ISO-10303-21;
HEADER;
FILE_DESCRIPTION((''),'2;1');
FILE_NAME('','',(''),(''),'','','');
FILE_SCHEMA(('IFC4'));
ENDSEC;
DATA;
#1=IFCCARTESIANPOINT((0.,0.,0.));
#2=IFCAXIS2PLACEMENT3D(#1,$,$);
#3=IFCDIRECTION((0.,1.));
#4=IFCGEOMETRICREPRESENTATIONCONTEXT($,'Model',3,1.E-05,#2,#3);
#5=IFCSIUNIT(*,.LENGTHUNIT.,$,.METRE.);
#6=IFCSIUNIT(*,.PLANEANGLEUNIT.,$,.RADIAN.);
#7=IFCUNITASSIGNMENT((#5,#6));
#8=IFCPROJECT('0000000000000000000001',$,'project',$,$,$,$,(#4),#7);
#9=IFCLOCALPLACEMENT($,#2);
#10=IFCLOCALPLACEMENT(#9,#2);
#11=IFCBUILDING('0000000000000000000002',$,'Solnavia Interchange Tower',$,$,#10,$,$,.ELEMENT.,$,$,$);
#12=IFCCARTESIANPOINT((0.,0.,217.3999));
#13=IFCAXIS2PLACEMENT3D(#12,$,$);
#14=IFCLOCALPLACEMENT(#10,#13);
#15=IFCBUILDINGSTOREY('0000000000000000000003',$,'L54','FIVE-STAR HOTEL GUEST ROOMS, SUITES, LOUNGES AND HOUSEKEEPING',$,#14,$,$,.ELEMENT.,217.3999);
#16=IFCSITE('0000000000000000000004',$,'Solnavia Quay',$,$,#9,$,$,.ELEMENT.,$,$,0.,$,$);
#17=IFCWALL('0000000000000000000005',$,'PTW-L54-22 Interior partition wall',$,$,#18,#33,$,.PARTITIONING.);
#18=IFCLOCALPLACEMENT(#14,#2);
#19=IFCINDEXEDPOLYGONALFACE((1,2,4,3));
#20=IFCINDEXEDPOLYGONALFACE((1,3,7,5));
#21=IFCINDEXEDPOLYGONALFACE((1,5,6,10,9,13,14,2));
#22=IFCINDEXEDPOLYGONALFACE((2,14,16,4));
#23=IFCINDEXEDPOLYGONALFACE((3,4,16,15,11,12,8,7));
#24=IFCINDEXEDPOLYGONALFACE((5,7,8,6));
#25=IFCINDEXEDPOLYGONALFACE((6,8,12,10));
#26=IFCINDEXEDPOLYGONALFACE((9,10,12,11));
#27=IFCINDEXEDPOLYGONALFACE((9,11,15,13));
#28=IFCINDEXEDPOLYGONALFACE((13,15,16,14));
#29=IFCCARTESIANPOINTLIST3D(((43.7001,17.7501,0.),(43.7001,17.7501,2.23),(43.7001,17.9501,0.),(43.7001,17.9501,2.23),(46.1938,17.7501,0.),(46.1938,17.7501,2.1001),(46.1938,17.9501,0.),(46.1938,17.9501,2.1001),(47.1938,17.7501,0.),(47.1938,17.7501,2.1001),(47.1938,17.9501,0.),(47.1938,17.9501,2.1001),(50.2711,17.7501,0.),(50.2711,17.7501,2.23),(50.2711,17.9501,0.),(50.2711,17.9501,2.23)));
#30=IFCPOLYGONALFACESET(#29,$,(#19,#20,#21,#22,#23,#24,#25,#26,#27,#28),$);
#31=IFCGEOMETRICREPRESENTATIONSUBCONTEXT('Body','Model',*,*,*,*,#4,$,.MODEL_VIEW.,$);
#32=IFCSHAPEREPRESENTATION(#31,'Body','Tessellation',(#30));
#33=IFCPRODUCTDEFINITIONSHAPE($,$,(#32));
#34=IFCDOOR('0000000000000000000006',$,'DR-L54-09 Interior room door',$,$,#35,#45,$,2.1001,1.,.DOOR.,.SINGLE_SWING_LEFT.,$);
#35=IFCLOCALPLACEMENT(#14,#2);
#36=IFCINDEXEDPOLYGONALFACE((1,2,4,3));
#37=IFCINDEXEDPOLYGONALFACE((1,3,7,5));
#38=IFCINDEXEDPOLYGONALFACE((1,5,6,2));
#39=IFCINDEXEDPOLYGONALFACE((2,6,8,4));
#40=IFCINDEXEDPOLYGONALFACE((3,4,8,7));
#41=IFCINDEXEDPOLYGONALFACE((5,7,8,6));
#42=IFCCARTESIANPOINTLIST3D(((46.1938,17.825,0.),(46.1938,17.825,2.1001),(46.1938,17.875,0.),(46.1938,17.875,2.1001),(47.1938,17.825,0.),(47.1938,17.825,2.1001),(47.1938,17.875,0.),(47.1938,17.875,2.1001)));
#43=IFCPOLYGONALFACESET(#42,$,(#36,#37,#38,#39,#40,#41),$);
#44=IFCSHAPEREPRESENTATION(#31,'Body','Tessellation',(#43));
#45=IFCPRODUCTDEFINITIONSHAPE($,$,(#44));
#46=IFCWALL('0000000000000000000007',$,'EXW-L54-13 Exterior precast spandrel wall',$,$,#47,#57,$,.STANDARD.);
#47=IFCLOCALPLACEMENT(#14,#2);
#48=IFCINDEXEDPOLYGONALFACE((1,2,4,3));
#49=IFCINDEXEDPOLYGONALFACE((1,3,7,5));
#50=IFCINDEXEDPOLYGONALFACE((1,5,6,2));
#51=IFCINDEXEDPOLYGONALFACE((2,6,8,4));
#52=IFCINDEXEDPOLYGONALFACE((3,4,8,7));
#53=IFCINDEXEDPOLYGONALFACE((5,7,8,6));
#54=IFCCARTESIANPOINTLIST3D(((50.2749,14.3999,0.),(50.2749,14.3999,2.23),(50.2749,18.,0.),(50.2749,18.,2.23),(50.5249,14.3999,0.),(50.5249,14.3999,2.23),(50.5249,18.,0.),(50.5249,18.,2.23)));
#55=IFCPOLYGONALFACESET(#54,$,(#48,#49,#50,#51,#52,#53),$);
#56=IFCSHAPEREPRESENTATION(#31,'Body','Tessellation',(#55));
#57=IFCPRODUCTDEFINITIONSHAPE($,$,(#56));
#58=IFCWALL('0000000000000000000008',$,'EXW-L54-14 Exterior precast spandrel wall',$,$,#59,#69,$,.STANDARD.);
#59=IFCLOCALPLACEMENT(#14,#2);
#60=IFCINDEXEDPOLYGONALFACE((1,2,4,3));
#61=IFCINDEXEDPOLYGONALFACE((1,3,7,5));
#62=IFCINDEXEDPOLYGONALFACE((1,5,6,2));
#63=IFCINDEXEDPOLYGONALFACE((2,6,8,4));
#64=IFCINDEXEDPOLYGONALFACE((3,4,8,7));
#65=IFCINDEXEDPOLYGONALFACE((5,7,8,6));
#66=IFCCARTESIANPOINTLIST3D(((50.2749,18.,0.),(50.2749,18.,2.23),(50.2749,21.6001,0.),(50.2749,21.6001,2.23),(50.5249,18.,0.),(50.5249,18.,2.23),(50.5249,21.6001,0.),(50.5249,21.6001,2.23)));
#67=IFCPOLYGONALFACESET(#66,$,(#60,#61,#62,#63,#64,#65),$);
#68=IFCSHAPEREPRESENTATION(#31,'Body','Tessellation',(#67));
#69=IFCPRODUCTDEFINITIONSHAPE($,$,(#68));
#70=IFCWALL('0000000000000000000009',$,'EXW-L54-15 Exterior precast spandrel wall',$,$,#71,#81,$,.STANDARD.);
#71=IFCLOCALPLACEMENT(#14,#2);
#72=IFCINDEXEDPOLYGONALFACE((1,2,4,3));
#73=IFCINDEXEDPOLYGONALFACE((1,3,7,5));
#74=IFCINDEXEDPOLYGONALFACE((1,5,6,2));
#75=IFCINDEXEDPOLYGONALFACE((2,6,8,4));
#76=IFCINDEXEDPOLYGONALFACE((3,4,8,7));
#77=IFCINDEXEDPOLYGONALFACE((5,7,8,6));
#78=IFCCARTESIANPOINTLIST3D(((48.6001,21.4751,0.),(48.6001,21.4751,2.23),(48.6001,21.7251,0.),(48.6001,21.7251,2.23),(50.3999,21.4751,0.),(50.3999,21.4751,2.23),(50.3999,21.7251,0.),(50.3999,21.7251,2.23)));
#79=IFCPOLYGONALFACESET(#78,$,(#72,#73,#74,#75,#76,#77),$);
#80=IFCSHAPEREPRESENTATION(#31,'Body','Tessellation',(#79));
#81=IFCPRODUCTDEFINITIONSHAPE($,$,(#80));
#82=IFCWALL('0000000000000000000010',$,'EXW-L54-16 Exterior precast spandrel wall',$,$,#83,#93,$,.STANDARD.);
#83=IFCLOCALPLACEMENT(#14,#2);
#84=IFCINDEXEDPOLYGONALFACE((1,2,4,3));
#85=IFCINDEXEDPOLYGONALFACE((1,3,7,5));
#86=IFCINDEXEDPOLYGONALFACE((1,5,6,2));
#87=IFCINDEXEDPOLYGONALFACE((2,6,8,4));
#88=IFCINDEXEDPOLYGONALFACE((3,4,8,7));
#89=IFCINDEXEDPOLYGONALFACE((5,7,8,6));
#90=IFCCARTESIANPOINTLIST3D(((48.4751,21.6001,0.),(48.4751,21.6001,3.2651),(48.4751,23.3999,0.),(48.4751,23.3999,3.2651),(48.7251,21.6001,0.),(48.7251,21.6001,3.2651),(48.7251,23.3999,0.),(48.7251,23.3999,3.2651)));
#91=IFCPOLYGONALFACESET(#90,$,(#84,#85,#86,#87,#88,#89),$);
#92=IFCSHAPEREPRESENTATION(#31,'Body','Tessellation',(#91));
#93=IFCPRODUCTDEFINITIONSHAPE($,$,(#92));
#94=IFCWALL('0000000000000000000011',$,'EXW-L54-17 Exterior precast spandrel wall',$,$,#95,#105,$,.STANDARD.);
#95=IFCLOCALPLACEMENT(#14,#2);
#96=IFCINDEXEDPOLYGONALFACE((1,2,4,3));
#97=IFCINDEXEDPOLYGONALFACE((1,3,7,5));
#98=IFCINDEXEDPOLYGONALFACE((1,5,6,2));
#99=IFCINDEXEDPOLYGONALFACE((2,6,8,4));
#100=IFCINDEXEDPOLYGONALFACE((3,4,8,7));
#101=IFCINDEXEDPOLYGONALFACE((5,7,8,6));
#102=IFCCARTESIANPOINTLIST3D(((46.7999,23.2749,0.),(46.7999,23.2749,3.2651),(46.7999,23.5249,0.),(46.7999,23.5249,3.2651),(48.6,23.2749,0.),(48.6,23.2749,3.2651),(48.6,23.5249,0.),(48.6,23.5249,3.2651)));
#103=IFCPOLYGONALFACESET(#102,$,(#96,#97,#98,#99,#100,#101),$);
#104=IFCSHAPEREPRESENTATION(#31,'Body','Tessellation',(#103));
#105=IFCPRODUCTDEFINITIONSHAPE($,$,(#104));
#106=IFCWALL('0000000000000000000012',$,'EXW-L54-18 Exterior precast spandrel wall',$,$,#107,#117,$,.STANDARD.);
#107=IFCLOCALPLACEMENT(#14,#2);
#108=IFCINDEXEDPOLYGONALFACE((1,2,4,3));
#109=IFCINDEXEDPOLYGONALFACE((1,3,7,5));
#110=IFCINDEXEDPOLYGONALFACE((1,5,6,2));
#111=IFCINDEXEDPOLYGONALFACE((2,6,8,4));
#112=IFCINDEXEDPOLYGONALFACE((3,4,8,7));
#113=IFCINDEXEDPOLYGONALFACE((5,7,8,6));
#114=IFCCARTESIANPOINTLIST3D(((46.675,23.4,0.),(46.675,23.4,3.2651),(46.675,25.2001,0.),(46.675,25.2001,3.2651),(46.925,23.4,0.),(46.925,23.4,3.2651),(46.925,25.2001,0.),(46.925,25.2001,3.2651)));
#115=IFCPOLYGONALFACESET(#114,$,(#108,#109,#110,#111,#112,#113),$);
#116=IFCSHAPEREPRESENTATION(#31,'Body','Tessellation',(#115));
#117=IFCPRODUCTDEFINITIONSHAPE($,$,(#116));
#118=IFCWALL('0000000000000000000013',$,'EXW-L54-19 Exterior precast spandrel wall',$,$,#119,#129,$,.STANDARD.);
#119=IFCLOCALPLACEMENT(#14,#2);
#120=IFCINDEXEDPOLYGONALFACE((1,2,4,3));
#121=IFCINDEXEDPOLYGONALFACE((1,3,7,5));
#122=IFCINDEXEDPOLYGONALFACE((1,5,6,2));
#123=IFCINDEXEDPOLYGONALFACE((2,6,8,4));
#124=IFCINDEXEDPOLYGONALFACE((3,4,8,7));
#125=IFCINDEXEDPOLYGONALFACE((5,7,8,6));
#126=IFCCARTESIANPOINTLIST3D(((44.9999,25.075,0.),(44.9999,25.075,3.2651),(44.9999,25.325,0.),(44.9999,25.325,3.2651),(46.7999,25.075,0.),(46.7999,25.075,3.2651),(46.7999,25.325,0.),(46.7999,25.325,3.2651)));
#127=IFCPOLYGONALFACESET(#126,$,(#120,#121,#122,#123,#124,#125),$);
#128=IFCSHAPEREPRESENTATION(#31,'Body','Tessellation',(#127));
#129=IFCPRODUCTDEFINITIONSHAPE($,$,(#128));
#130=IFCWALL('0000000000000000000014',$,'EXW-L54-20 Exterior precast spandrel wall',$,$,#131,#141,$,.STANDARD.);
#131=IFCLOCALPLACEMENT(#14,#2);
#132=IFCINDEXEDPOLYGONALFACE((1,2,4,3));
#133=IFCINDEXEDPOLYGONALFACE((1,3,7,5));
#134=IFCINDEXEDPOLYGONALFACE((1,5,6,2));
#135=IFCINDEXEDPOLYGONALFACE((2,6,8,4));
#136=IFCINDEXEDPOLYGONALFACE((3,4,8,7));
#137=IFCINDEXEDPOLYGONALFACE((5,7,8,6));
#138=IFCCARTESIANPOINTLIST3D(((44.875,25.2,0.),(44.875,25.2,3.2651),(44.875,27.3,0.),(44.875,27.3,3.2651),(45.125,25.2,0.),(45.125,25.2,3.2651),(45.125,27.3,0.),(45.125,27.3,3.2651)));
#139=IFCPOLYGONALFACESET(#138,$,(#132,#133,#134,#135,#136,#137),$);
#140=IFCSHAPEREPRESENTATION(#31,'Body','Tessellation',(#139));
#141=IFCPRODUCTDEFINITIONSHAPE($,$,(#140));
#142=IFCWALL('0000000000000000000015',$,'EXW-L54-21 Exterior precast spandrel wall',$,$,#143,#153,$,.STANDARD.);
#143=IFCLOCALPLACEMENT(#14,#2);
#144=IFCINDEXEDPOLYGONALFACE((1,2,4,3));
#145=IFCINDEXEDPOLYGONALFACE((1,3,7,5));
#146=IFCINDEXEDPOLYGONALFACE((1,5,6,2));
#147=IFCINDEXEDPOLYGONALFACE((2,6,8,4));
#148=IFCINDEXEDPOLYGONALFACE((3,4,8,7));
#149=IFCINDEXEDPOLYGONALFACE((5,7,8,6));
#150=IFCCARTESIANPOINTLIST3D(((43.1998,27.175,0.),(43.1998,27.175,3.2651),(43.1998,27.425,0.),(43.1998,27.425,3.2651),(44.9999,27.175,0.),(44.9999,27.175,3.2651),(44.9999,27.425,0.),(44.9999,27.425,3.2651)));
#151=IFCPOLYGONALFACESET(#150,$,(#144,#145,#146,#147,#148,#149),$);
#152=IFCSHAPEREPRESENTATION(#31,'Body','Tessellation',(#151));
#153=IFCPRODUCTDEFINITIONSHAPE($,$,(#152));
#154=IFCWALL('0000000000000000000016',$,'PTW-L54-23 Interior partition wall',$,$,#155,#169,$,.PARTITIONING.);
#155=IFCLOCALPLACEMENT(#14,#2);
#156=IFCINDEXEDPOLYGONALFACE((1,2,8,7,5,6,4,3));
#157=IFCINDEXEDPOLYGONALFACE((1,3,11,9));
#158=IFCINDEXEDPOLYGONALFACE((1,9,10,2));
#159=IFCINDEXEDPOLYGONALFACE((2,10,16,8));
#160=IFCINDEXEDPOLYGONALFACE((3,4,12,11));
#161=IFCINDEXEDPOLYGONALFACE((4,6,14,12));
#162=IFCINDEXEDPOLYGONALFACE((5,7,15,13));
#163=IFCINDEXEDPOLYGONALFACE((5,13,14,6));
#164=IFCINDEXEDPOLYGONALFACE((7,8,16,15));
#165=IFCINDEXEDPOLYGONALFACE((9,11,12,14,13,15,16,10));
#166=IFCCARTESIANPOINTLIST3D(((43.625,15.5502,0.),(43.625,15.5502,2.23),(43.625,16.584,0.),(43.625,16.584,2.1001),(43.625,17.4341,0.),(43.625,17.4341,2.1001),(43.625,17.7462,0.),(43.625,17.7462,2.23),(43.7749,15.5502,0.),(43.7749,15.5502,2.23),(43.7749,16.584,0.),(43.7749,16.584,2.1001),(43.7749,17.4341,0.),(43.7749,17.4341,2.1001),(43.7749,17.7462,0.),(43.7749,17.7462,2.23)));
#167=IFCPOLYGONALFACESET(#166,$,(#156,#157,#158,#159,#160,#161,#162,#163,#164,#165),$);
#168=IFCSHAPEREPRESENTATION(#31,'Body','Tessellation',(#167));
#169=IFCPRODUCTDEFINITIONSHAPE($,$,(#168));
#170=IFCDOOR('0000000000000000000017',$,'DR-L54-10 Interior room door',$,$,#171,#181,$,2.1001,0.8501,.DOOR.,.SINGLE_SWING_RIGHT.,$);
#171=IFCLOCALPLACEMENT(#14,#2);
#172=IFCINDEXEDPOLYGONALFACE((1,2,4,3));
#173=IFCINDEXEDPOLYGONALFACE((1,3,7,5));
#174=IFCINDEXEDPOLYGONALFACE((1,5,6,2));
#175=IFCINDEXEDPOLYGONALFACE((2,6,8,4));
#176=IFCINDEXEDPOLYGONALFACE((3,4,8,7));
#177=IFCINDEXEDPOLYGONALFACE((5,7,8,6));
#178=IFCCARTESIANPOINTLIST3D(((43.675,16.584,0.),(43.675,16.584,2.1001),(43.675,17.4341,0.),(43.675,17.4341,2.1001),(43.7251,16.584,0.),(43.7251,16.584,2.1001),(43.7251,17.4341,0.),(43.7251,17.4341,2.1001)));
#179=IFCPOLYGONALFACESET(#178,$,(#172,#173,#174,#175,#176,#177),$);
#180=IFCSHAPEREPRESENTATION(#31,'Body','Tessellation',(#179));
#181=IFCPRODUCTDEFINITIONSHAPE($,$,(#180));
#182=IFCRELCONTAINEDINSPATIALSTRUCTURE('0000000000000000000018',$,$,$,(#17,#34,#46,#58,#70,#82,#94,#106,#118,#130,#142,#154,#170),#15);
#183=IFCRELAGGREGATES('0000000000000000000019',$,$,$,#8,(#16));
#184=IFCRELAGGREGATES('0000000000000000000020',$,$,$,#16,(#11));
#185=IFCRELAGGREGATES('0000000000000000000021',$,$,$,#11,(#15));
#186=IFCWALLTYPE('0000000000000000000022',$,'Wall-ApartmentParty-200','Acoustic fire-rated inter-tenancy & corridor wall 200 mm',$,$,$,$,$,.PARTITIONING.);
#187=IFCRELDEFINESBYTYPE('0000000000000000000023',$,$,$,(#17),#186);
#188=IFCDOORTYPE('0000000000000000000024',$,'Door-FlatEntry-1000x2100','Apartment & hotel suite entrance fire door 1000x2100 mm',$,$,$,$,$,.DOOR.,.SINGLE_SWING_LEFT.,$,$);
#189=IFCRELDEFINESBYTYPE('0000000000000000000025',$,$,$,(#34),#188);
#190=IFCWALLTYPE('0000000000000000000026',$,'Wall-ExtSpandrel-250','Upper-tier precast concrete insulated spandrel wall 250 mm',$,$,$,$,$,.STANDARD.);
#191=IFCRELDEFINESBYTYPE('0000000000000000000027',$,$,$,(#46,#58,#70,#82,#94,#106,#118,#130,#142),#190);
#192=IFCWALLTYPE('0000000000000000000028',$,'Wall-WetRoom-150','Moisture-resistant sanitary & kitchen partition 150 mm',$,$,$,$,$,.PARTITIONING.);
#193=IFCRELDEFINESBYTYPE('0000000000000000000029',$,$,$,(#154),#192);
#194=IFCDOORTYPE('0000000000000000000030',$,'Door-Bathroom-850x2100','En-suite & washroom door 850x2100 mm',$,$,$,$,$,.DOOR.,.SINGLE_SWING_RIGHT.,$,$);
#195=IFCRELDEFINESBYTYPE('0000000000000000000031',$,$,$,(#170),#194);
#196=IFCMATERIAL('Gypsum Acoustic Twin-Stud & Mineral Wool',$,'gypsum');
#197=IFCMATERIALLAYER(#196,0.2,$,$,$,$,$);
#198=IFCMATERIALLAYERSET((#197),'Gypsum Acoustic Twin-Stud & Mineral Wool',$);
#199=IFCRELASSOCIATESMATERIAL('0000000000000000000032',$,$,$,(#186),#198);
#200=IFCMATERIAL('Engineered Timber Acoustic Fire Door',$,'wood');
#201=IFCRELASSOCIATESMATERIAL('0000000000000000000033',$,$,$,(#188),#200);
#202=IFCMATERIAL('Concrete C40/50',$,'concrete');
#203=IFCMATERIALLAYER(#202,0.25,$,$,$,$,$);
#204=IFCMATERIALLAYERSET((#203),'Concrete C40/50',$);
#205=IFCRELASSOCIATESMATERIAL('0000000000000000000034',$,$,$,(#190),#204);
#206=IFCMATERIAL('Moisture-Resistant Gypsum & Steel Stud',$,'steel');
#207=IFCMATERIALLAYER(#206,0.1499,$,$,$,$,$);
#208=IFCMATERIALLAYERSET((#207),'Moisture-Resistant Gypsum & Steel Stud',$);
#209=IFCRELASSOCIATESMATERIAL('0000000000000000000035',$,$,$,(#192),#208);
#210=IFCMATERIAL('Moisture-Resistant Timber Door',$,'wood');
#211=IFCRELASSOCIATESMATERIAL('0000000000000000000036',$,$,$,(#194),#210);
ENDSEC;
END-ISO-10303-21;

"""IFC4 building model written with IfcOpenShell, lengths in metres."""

from ifc_helpers import new_model, si_unit, direction, frame, frame_2d, origin, place, context, subcontext, project, spatial, rectangle, extrude, material, layer, layer_set, type_object, element, fill, save


model = new_model("IFC4")

# Units and contexts
model_context = context("Model", 3, precision=1e-05, world=origin(), true_north=direction((0.0, 1.0)))
body_context = subcontext(model_context, "Body", "Model", "MODEL_VIEW")
ifc_project = project(units=[si_unit("LENGTHUNIT", "METRE"), si_unit("PLANEANGLEUNIT", "RADIAN")], contexts=[model_context])

# Site, building, storey
site_placement = place(None, origin())
site = spatial("IfcSite", under=ifc_project, at=site_placement, Name="Solnavia Quay", CompositionType="ELEMENT", RefElevation=0.0)
building_placement = place(site_placement, origin())
building = spatial("IfcBuilding", under=site, at=building_placement, Name="Solnavia Interchange Tower", CompositionType="ELEMENT")
storey_placement = place(building_placement, frame((0.0, 0.0, 217.3999)))
storey = spatial("IfcBuildingStorey", under=building, at=storey_placement, Name="L54", Description="FIVE-STAR HOTEL GUEST ROOMS, SUITES, LOUNGES AND HOUSEKEEPING", CompositionType="ELEMENT", Elevation=217.3999)

# Wall, opening, door
ifc_material_1 = material(Name="Gypsum Acoustic Twin-Stud & Mineral Wool", Category="gypsum")
ifc_layer_1 = layer(ifc_material_1, 0.2)
ifc_layer_set_1 = layer_set([ifc_layer_1], Name="Gypsum Acoustic Twin-Stud & Mineral Wool")
wall_type_1 = type_object("IfcWallType", Name="Wall-ApartmentParty-200", Description="Acoustic fire-rated inter-tenancy & corridor wall 200 mm", PredefinedType="PARTITIONING", material=ifc_layer_set_1)
wall_1_placement = place(storey_placement, frame((43.7, 17.8501, 0.0), z_axis=(0.0, 0.0, 1.0), x_axis=(1.0, 0.0, 0.0)))
wall_1 = element("IfcWall", 1, at=wall_1_placement, inside=storey, type_object=wall_type_1, Name="PTW-L54-22 Interior partition wall", PredefinedType="PARTITIONING", context=body_context, shape_type="SweptSolid", body=[
    extrude(rectangle(XDim=6.571, YDim=0.2, at=frame_2d((3.2856, 0.0))), origin(), (0.0, 0.0, 1.0), 2.23),
])
opening_1_placement = place(wall_1_placement, frame((2.4939, 0.0, 0.0)))
opening_1 = element("IfcOpeningElement", 2, at=opening_1_placement, cuts=wall_1, PredefinedType="OPENING", context=body_context, shape_type="SweptSolid", body=[
    extrude(rectangle(XDim=1.0, YDim=2.1001, at=frame_2d((0.5, 1.05))), frame((0.0, 0.1099, 0.0), z_axis=(0.0, -1.0, 0.0), x_axis=(1.0, 0.0, 0.0)), (0.0, 0.0, 1.0), 0.22),
])
ifc_material_2 = material(Name="Engineered Timber Acoustic Fire Door", Category="wood")
door_type_1 = type_object("IfcDoorType", Name="Door-FlatEntry-1000x2100", Description="Apartment & hotel suite entrance fire door 1000x2100 mm", OperationType="SINGLE_SWING_LEFT", PredefinedType="DOOR", material=ifc_material_2)
door_1_placement = place(opening_1_placement, origin())
door_1 = element("IfcDoor", 3, at=door_1_placement, inside=storey, type_object=door_type_1, Name="DR-L54-09 Interior room door", OperationType="SINGLE_SWING_LEFT", OverallHeight=2.1001, OverallWidth=1.0, PredefinedType="DOOR", context=body_context, shape_type="SweptSolid", body=[
    extrude(rectangle(XDim=1.0, YDim=2.1001, at=frame_2d((0.5, 1.05))), frame((0.0, 0.0249, 0.0), z_axis=(0.0, -1.0, 0.0), x_axis=(1.0, 0.0, 0.0)), (0.0, 0.0, 1.0), 0.05),
])
fill(opening_1, door_1)

# Walls
ifc_material_3 = material(Name="Concrete C40/50", Category="concrete")
ifc_layer_2 = layer(ifc_material_3, 0.25)
ifc_layer_set_2 = layer_set([ifc_layer_2], Name="Concrete C40/50")
wall_type_2 = type_object("IfcWallType", Name="Wall-ExtSpandrel-250", Description="Upper-tier precast concrete insulated spandrel wall 250 mm", PredefinedType="STANDARD", material=ifc_layer_set_2)
for number, where, z_axis, x_axis, name in (
    (4, (50.3999, 18.0, 0.0), (0.0, 0.0, 1.0), (0.0, -1.0, 0.0), "EXW-L54-13 Exterior precast spandrel wall"),
    (5, (50.3999, 21.6001, 0.0), (0.0, 0.0, 1.0), (0.0, -1.0, 0.0), "EXW-L54-14 Exterior precast spandrel wall"),
):
    element("IfcWall", number, at=place(storey_placement, frame(where, z_axis=z_axis, x_axis=x_axis)), inside=storey, type_object=wall_type_2, Name=name, PredefinedType="STANDARD", context=body_context, shape_type="SweptSolid", body=[
        extrude(rectangle(XDim=3.6001, YDim=0.25, at=frame_2d((1.8, 0.0))), origin(), (0.0, 0.0, 1.0), 2.23),
    ])
wall_2_placement = place(storey_placement, frame((48.6001, 21.6001, 0.0), z_axis=(0.0, 0.0, 1.0), x_axis=(1.0, 0.0, 0.0)))
element("IfcWall", 6, at=wall_2_placement, inside=storey, type_object=wall_type_2, Name="EXW-L54-15 Exterior precast spandrel wall", PredefinedType="STANDARD", context=body_context, shape_type="SweptSolid", body=[
    extrude(rectangle(XDim=1.7998, YDim=0.25, at=frame_2d((0.8999, 0.0))), origin(), (0.0, 0.0, 1.0), 2.23),
])
wall_3_placement = place(storey_placement, frame((48.6001, 23.3999, 0.0), z_axis=(0.0, 0.0, 1.0), x_axis=(0.0, -1.0, 0.0)))
element("IfcWall", 7, at=wall_3_placement, inside=storey, type_object=wall_type_2, Name="EXW-L54-16 Exterior precast spandrel wall", PredefinedType="STANDARD", context=body_context, shape_type="SweptSolid", body=[
    extrude(rectangle(XDim=1.7998, YDim=0.25, at=frame_2d((0.8999, 0.0))), origin(), (0.0, 0.0, 1.0), 3.2651),
])
for number, where, z_axis, x_axis, name in (
    (8, (46.8, 23.3999, 0.0), (0.0, 0.0, 1.0), (1.0, 0.0, 0.0), "EXW-L54-17 Exterior precast spandrel wall"),
    (9, (46.8, 25.2, 0.0), (0.0, 0.0, 1.0), (0.0, -1.0, 0.0), "EXW-L54-18 Exterior precast spandrel wall"),
    (10, (45.0, 25.2, 0.0), (0.0, 0.0, 1.0), (1.0, 0.0, 0.0), "EXW-L54-19 Exterior precast spandrel wall"),
):
    element("IfcWall", number, at=place(storey_placement, frame(where, z_axis=z_axis, x_axis=x_axis)), inside=storey, type_object=wall_type_2, Name=name, PredefinedType="STANDARD", context=body_context, shape_type="SweptSolid", body=[
        extrude(rectangle(XDim=1.8, YDim=0.25, at=frame_2d((0.8999, 0.0))), origin(), (0.0, 0.0, 1.0), 3.2651),
    ])
wall_4_placement = place(storey_placement, frame((45.0, 27.3, 0.0), z_axis=(0.0, 0.0, 1.0), x_axis=(0.0, -1.0, 0.0)))
element("IfcWall", 11, at=wall_4_placement, inside=storey, type_object=wall_type_2, Name="EXW-L54-20 Exterior precast spandrel wall", PredefinedType="STANDARD", context=body_context, shape_type="SweptSolid", body=[
    extrude(rectangle(XDim=2.1001, YDim=0.25, at=frame_2d((1.05, 0.0))), origin(), (0.0, 0.0, 1.0), 3.2651),
])
wall_5_placement = place(storey_placement, frame((43.2, 27.3, 0.0), z_axis=(0.0, 0.0, 1.0), x_axis=(1.0, 0.0, 0.0)))
element("IfcWall", 12, at=wall_5_placement, inside=storey, type_object=wall_type_2, Name="EXW-L54-21 Exterior precast spandrel wall", PredefinedType="STANDARD", context=body_context, shape_type="SweptSolid", body=[
    extrude(rectangle(XDim=1.8, YDim=0.25, at=frame_2d((0.8999, 0.0))), origin(), (0.0, 0.0, 1.0), 3.2651),
])

# Wall, opening, door
ifc_material_4 = material(Name="Moisture-Resistant Gypsum & Steel Stud", Category="steel")
ifc_layer_3 = layer(ifc_material_4, 0.1499)
ifc_layer_set_3 = layer_set([ifc_layer_3], Name="Moisture-Resistant Gypsum & Steel Stud")
wall_type_3 = type_object("IfcWallType", Name="Wall-WetRoom-150", Description="Moisture-resistant sanitary & kitchen partition 150 mm", PredefinedType="PARTITIONING", material=ifc_layer_set_3)
wall_6_placement = place(storey_placement, frame((43.7, 15.55, 0.0), z_axis=(0.0, 0.0, 1.0), x_axis=(0.0, 1.0, 0.0)))
wall_6 = element("IfcWall", 13, at=wall_6_placement, inside=storey, type_object=wall_type_3, Name="PTW-L54-23 Interior partition wall", PredefinedType="PARTITIONING", context=body_context, shape_type="SweptSolid", body=[
    extrude(rectangle(XDim=2.196, YDim=0.1499, at=frame_2d((1.0981, 0.0))), origin(), (0.0, 0.0, 1.0), 2.23),
])
opening_2_placement = place(wall_6_placement, frame((1.0339, 0.0, 0.0)))
opening_2 = element("IfcOpeningElement", 14, at=opening_2_placement, cuts=wall_6, PredefinedType="OPENING", context=body_context, shape_type="SweptSolid", body=[
    extrude(rectangle(XDim=0.8501, YDim=2.1001, at=frame_2d((0.425, 1.05))), frame((0.0, 0.085, 0.0), z_axis=(0.0, -1.0, 0.0), x_axis=(1.0, 0.0, 0.0)), (0.0, 0.0, 1.0), 0.1699),
])
ifc_material_5 = material(Name="Moisture-Resistant Timber Door", Category="wood")
door_type_2 = type_object("IfcDoorType", Name="Door-Bathroom-850x2100", Description="En-suite & washroom door 850x2100 mm", OperationType="SINGLE_SWING_RIGHT", PredefinedType="DOOR", material=ifc_material_5)
door_2_placement = place(opening_2_placement, origin())
door_2 = element("IfcDoor", 15, at=door_2_placement, inside=storey, type_object=door_type_2, Name="DR-L54-10 Interior room door", OperationType="SINGLE_SWING_RIGHT", OverallHeight=2.1001, OverallWidth=0.8501, PredefinedType="DOOR", context=body_context, shape_type="SweptSolid", body=[
    extrude(rectangle(XDim=0.8501, YDim=2.1001, at=frame_2d((0.425, 1.05))), frame((0.0, 0.0249, 0.0), z_axis=(0.0, -1.0, 0.0), x_axis=(1.0, 0.0, 0.0)), (0.0, 0.0, 1.0), 0.05),
])
fill(opening_2, door_2)

save(model, "model.ifc")
